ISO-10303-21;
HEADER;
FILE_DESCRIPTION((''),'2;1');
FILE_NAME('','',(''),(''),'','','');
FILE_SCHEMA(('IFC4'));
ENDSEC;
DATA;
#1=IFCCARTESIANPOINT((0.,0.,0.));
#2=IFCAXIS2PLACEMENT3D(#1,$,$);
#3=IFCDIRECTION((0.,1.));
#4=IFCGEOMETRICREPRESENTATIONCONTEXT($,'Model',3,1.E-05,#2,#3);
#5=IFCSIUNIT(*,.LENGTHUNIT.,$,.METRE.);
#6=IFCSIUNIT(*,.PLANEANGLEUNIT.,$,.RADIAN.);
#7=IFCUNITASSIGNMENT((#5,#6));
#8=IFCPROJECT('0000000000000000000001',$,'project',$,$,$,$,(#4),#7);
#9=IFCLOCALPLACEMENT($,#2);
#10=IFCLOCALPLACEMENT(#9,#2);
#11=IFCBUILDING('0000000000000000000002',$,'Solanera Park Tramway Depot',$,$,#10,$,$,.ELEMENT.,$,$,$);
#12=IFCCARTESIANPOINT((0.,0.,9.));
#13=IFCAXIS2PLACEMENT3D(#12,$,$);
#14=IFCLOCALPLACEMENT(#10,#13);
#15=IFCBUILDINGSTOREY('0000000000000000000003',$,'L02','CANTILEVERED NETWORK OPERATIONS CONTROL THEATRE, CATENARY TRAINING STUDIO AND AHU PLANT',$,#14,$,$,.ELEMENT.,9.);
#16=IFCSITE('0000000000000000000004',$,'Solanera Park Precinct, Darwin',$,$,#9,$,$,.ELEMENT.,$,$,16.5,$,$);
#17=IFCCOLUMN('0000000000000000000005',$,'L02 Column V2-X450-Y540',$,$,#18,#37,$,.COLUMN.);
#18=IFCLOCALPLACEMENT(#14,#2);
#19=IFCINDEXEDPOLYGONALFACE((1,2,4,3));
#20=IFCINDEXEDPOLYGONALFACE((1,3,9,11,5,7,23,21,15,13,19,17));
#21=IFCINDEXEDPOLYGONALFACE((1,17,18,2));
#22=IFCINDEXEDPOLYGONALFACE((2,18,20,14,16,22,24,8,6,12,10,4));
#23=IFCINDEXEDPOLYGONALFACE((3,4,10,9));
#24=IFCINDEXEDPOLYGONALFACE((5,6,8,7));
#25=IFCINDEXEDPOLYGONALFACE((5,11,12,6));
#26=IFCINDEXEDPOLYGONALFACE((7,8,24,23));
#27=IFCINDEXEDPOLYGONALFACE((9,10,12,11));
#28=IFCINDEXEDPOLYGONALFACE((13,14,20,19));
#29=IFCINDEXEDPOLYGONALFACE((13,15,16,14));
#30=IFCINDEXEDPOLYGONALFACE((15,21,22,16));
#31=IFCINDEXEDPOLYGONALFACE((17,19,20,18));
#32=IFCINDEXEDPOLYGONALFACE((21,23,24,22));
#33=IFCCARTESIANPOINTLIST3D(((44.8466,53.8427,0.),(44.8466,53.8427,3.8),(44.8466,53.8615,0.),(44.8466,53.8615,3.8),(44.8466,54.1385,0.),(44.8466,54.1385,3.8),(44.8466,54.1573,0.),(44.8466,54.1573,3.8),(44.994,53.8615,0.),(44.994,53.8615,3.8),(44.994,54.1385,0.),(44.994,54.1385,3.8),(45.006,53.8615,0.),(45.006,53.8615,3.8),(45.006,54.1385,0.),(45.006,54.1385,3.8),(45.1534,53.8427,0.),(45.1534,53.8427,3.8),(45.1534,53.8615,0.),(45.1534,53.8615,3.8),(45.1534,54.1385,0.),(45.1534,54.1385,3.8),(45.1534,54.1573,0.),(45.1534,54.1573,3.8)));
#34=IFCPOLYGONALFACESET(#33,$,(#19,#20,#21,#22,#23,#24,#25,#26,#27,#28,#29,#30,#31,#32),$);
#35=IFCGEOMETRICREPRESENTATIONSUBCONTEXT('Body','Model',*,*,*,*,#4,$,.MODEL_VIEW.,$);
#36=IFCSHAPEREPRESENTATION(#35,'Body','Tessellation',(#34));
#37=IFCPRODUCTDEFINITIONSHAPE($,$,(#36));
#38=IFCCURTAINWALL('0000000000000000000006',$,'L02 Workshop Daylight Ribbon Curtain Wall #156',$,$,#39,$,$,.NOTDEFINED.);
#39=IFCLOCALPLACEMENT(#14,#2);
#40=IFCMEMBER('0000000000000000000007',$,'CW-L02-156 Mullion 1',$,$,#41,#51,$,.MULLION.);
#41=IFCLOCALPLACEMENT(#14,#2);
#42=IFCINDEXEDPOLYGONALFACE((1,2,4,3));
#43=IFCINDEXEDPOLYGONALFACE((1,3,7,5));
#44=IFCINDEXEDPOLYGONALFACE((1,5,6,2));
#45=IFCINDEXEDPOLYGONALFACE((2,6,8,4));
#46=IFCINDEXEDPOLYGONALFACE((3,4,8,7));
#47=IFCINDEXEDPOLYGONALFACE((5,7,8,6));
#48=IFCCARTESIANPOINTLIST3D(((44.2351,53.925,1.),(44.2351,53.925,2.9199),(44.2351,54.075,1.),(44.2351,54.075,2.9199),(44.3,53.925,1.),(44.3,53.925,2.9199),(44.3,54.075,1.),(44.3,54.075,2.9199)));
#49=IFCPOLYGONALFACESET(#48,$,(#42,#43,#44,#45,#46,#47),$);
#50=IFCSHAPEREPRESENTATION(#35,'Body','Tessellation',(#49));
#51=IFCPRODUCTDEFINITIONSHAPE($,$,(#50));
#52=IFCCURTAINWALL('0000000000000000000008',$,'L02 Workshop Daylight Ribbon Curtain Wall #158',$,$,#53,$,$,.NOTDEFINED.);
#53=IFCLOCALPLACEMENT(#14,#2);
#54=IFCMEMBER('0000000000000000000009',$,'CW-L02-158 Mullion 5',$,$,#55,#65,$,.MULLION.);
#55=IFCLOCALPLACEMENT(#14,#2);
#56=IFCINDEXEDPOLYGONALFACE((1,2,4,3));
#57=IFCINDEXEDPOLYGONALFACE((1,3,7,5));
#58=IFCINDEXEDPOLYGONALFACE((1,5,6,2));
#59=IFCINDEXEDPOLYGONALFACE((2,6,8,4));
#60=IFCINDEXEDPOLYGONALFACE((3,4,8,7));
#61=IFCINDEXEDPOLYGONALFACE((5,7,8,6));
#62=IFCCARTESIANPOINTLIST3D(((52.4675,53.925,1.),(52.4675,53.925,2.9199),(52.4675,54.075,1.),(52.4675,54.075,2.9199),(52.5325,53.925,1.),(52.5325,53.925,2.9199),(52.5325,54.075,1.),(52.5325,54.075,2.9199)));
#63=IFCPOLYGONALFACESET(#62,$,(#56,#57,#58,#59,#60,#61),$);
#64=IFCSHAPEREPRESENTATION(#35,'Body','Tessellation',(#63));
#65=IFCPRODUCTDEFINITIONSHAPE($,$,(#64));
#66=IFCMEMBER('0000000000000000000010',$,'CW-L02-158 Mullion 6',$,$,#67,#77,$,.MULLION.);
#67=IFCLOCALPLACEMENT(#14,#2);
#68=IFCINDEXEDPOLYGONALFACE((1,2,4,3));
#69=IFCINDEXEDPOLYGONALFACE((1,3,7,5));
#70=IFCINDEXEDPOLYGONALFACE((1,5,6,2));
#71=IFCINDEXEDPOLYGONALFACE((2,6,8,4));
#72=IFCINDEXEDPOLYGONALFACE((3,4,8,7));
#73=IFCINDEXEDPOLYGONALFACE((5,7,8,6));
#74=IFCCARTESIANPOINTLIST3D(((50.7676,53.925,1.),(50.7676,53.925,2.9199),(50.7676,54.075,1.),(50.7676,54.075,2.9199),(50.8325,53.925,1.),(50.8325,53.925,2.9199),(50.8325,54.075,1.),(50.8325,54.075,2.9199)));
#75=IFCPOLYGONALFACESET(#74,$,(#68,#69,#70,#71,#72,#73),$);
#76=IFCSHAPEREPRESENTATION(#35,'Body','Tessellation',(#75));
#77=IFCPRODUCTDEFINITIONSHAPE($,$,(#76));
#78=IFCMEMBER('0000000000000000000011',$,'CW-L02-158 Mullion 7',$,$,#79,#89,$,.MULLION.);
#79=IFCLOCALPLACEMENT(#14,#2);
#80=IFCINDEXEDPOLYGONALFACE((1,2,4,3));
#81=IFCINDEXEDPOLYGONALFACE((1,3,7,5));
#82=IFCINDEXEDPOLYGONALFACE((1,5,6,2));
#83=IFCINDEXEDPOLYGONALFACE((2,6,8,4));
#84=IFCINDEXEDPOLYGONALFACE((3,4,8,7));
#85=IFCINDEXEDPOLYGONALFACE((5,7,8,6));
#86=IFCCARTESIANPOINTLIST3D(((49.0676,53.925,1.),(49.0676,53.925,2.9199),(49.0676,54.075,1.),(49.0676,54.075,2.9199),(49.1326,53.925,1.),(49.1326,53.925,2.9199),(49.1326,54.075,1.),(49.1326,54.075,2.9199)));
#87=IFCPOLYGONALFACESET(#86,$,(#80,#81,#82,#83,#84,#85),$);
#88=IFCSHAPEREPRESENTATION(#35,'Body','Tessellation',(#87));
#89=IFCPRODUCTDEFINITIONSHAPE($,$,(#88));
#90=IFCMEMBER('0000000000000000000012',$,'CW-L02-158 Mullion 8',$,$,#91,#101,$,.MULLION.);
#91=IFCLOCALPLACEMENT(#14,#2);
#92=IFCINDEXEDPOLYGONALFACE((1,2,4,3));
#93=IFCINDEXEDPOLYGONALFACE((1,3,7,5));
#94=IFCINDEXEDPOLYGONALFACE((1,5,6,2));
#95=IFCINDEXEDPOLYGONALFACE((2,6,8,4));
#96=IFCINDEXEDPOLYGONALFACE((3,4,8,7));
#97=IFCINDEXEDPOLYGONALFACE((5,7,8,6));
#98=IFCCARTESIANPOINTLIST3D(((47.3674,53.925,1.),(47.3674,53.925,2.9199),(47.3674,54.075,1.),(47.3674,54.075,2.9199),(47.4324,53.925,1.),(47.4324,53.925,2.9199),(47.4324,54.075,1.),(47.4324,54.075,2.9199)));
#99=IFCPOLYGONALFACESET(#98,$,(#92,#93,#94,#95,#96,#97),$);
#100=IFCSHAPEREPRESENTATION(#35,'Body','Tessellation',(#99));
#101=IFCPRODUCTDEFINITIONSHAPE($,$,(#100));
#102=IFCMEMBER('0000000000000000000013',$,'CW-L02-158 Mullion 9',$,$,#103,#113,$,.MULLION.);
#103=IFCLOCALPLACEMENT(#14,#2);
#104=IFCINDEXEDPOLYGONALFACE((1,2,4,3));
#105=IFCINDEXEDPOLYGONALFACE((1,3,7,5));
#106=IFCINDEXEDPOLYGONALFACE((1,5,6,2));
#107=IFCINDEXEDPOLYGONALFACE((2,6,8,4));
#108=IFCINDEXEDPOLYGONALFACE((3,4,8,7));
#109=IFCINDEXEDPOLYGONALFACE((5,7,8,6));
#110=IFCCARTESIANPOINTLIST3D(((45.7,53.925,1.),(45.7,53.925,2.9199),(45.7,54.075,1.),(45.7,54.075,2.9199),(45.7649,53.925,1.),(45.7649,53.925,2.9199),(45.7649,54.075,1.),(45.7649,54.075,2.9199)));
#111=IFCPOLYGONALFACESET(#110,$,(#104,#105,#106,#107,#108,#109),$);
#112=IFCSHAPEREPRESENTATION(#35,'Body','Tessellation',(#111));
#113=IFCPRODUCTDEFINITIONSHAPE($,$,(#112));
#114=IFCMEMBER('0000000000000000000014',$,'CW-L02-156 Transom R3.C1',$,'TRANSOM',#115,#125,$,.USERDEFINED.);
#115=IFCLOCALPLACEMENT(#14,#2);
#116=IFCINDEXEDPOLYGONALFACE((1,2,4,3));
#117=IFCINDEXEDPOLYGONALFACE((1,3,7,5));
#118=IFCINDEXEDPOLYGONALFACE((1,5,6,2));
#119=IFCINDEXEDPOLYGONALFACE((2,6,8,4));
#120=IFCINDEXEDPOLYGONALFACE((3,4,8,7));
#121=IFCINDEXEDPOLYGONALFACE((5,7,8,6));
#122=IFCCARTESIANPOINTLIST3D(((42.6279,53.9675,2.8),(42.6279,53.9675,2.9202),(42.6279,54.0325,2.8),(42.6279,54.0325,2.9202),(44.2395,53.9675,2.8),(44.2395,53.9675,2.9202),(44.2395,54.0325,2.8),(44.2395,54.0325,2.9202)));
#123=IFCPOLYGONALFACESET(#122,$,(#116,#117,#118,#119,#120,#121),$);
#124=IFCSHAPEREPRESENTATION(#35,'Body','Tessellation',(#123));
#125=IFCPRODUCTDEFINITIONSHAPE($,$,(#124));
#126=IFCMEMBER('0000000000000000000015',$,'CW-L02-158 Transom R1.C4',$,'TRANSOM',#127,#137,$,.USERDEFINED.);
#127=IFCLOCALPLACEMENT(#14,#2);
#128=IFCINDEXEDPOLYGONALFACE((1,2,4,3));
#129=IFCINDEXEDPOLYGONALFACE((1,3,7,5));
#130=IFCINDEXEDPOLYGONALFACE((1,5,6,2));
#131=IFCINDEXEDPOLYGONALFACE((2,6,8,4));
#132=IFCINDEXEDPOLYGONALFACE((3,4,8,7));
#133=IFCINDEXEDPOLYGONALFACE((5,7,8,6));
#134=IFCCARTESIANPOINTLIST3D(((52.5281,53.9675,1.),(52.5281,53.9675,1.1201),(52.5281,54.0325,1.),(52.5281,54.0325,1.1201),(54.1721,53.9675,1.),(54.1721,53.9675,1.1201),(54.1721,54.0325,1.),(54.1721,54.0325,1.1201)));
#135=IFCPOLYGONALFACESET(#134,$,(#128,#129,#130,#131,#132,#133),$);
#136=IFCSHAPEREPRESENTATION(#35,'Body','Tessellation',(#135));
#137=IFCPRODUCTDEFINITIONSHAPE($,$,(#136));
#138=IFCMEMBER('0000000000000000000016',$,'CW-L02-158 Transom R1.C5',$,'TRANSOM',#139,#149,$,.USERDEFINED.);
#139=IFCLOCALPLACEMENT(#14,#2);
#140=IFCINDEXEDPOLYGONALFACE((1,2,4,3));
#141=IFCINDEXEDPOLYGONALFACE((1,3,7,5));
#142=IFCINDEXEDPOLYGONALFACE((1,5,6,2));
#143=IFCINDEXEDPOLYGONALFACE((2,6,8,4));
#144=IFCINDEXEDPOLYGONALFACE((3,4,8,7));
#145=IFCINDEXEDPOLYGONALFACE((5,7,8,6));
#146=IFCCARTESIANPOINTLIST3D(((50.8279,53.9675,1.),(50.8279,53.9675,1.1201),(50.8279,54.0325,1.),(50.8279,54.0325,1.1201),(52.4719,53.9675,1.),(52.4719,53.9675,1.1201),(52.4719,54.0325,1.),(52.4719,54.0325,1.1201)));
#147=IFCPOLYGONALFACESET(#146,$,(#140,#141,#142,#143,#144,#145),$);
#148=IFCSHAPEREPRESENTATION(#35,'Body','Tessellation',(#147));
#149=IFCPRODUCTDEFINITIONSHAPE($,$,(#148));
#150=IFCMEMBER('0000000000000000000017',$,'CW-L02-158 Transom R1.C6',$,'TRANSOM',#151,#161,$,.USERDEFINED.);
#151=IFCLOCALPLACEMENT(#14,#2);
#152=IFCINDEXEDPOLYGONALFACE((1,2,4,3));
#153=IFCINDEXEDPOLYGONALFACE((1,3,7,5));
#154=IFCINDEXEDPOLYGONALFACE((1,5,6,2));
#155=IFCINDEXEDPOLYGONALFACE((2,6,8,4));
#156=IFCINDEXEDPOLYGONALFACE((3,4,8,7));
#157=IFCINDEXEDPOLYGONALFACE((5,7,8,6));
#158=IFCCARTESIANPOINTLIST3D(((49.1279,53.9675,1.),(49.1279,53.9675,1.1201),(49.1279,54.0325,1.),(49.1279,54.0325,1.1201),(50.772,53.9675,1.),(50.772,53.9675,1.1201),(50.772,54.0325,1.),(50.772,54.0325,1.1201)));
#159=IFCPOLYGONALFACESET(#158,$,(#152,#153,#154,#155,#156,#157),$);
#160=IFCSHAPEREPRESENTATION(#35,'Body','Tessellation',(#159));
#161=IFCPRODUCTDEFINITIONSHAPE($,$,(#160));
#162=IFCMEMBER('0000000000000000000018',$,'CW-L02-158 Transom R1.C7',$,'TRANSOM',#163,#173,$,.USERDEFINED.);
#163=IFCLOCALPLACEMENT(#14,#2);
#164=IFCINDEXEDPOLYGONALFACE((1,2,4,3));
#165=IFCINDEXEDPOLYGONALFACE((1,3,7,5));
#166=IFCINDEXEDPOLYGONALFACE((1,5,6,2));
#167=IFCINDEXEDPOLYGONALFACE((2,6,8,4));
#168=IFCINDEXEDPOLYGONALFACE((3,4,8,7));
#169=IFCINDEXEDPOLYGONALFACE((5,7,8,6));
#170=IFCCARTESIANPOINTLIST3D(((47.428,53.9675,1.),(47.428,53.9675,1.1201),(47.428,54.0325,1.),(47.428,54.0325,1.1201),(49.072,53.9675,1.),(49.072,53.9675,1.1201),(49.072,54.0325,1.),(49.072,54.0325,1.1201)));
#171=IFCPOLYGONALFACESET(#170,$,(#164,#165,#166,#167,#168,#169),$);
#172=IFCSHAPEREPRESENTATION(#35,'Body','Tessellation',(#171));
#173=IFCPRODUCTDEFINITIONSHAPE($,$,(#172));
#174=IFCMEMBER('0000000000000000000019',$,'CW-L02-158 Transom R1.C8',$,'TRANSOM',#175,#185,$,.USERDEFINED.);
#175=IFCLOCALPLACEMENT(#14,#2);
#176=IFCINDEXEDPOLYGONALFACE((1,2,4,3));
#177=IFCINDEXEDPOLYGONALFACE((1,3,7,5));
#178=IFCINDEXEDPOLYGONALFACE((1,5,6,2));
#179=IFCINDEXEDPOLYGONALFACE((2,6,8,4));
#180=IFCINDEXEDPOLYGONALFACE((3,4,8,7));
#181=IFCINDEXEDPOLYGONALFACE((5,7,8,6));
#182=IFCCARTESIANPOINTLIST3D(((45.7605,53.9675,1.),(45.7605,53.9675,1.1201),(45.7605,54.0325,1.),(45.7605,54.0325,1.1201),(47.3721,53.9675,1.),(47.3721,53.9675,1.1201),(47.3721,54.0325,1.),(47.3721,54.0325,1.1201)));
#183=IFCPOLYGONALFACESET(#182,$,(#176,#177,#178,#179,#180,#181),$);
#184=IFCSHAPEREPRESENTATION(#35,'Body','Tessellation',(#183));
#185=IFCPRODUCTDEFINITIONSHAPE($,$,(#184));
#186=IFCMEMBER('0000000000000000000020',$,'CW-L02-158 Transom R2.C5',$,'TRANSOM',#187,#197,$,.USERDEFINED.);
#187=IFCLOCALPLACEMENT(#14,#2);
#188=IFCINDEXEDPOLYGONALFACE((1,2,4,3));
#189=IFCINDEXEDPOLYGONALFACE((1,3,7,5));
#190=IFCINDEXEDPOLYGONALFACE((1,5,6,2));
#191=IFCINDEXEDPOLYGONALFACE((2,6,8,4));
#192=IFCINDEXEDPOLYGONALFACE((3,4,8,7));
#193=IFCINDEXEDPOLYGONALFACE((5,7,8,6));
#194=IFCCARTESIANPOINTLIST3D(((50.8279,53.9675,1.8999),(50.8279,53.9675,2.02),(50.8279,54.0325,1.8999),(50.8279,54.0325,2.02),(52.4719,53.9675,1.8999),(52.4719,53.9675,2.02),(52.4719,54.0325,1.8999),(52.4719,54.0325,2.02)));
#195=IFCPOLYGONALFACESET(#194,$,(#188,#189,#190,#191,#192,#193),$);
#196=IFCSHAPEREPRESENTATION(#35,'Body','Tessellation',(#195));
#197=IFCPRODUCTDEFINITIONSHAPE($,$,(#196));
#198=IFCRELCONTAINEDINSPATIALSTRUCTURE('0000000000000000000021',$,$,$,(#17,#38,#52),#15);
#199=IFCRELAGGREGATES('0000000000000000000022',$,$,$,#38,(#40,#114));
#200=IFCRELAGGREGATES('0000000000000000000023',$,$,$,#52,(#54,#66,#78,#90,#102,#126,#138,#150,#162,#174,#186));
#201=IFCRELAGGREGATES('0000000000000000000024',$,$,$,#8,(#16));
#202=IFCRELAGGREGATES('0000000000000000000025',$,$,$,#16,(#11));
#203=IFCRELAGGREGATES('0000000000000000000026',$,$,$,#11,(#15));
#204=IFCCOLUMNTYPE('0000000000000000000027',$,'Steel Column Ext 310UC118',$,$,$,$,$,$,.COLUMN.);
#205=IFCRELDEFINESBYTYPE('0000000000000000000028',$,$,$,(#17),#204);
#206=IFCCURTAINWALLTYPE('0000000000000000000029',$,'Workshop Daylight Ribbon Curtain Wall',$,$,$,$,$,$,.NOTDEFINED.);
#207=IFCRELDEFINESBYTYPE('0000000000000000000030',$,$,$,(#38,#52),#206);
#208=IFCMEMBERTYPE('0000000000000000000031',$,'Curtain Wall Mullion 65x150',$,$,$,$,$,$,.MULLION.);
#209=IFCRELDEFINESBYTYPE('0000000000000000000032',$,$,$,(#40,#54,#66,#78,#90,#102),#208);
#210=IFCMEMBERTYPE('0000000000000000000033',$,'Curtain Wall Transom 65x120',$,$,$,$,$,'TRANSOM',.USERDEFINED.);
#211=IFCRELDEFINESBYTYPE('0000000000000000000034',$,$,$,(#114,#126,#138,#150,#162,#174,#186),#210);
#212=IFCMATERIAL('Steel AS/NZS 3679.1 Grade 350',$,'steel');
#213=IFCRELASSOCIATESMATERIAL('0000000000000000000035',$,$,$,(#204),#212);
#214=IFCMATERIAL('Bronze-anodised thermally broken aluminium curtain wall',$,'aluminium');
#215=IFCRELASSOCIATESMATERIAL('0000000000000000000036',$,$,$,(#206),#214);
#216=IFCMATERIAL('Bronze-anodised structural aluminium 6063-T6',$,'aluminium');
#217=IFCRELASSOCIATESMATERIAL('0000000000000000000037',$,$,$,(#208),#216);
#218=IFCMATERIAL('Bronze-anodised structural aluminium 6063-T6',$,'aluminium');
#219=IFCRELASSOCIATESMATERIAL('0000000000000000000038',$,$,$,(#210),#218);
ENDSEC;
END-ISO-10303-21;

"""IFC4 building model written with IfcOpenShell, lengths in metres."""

from ifc_helpers import new_model, si_unit, direction, frame, origin, origin_2d, place, context, subcontext, project, spatial, rectangle, i_section, extrude, material, material_profile, profile_set, type_object, element, aggregate, save


model = new_model("IFC4")

# Units and contexts
model_context = context("Model", 3, precision=1e-05, world=origin(), true_north=direction((0.0, 1.0)))
body_context = subcontext(model_context, "Body", "Model", "MODEL_VIEW")
ifc_project = project(units=[si_unit("LENGTHUNIT", "METRE"), si_unit("PLANEANGLEUNIT", "RADIAN")], contexts=[model_context])

# Site, building, storey
site_placement = place(None, origin())
site = spatial("IfcSite", under=ifc_project, at=site_placement, Name="Solanera Park Precinct, Darwin", CompositionType="ELEMENT", RefElevation=16.5)
building_placement = place(site_placement, origin())
building = spatial("IfcBuilding", under=site, at=building_placement, Name="Solanera Park Tramway Depot", CompositionType="ELEMENT")
storey_placement = place(building_placement, frame((0.0, 0.0, 9.0)))
storey = spatial("IfcBuildingStorey", under=building, at=storey_placement, Name="L02", Description="CANTILEVERED NETWORK OPERATIONS CONTROL THEATRE, CATENARY TRAINING STUDIO AND AHU PLANT", CompositionType="ELEMENT", Elevation=9.0)

# Column
ifc_material_1 = material(Name="Steel AS/NZS 3679.1 Grade 350", Category="steel")
ifc_material_profile_1 = material_profile(ifc_material_1, i_section(OverallWidth=0.3069, OverallDepth=0.3147, WebThickness=0.012, FlangeThickness=0.0188, at=origin_2d()), Name="310UC118")
ifc_profile_set_1 = profile_set([ifc_material_profile_1], Name="Steel AS/NZS 3679.1 Grade 350")
column_type = type_object("IfcColumnType", Name="Steel Column Ext 310UC118", PredefinedType="COLUMN", material=ifc_profile_set_1)
column_placement = place(storey_placement, frame((45.0, 54.0, 0.0), z_axis=(0.0, 0.0, 1.0), x_axis=(1.0, 0.0, 0.0)))
element("IfcColumn", 1, at=column_placement, inside=storey, type_object=column_type, Name="L02 Column V2-X450-Y540", PredefinedType="COLUMN", context=body_context, shape_type="SweptSolid", body=[
    extrude(i_section(OverallWidth=0.3069, OverallDepth=0.3147, WebThickness=0.012, FlangeThickness=0.0188, at=origin_2d()), origin(), (0.0, 0.0, 1.0), 3.8),
])

# Curtain wall, member
ifc_material_2 = material(Name="Bronze-anodised thermally broken aluminium curtain wall", Category="aluminium")
curtain_wall_type = type_object("IfcCurtainWallType", Name="Workshop Daylight Ribbon Curtain Wall", PredefinedType="NOTDEFINED", material=ifc_material_2)
curtain_wall_1_placement = place(storey_placement, origin())
curtain_wall_1 = element("IfcCurtainWall", 2, at=curtain_wall_1_placement, inside=storey, type_object=curtain_wall_type, Name="L02 Workshop Daylight Ribbon Curtain Wall #156", PredefinedType="NOTDEFINED")
ifc_material_3 = material(Name="Bronze-anodised structural aluminium 6063-T6", Category="aluminium")
ifc_material_profile_2 = material_profile(ifc_material_3, rectangle(XDim=0.0649, YDim=0.1499, at=origin_2d()), Name="Curtain Wall Mullion 65x150")
ifc_profile_set_2 = profile_set([ifc_material_profile_2], Name="Bronze-anodised structural aluminium 6063-T6")
member_type_1 = type_object("IfcMemberType", Name="Curtain Wall Mullion 65x150", PredefinedType="MULLION", material=ifc_profile_set_2)
member_1_placement = place(storey_placement, frame((44.2676, 54.0, 1.0), z_axis=(0.0, 0.0, 1.0), x_axis=(1.0, 0.0, 0.0)))
member_1 = element("IfcMember", 3, at=member_1_placement, type_object=member_type_1, Name="CW-L02-156 Mullion 1", PredefinedType="MULLION", context=body_context, shape_type="SweptSolid", body=[
    extrude(rectangle(XDim=0.0649, YDim=0.1499, at=origin_2d()), origin(), (0.0, 0.0, 1.0), 1.9199),
])

# Curtain wall, members
curtain_wall_2_placement = place(storey_placement, origin())
curtain_wall_2 = element("IfcCurtainWall", 4, at=curtain_wall_2_placement, inside=storey, type_object=curtain_wall_type, Name="L02 Workshop Daylight Ribbon Curtain Wall #158", PredefinedType="NOTDEFINED")
member_2_placement = place(storey_placement, frame((52.5, 54.0, 1.0), z_axis=(0.0, 0.0, 1.0), x_axis=(1.0, 0.0, 0.0)))
member_2 = element("IfcMember", 5, at=member_2_placement, type_object=member_type_1, Name="CW-L02-158 Mullion 5", PredefinedType="MULLION", context=body_context, shape_type="SweptSolid", body=[
    extrude(rectangle(XDim=0.0649, YDim=0.1499, at=origin_2d()), origin(), (0.0, 0.0, 1.0), 1.9199),
])
member_3_placement = place(storey_placement, frame((50.8, 54.0, 1.0), z_axis=(0.0, 0.0, 1.0), x_axis=(1.0, 0.0, 0.0)))
member_3 = element("IfcMember", 6, at=member_3_placement, type_object=member_type_1, Name="CW-L02-158 Mullion 6", PredefinedType="MULLION", context=body_context, shape_type="SweptSolid", body=[
    extrude(rectangle(XDim=0.0649, YDim=0.1499, at=origin_2d()), origin(), (0.0, 0.0, 1.0), 1.9199),
])
member_4_placement = place(storey_placement, frame((49.1001, 54.0, 1.0), z_axis=(0.0, 0.0, 1.0), x_axis=(1.0, 0.0, 0.0)))
member_4 = element("IfcMember", 7, at=member_4_placement, type_object=member_type_1, Name="CW-L02-158 Mullion 7", PredefinedType="MULLION", context=body_context, shape_type="SweptSolid", body=[
    extrude(rectangle(XDim=0.0649, YDim=0.1499, at=origin_2d()), origin(), (0.0, 0.0, 1.0), 1.9199),
])
member_5_placement = place(storey_placement, frame((47.3999, 54.0, 1.0), z_axis=(0.0, 0.0, 1.0), x_axis=(1.0, 0.0, 0.0)))
member_5 = element("IfcMember", 8, at=member_5_placement, type_object=member_type_1, Name="CW-L02-158 Mullion 8", PredefinedType="MULLION", context=body_context, shape_type="SweptSolid", body=[
    extrude(rectangle(XDim=0.0649, YDim=0.1499, at=origin_2d()), origin(), (0.0, 0.0, 1.0), 1.9199),
])
member_6_placement = place(storey_placement, frame((45.7324, 54.0, 1.0), z_axis=(0.0, 0.0, 1.0), x_axis=(1.0, 0.0, 0.0)))
member_6 = element("IfcMember", 9, at=member_6_placement, type_object=member_type_1, Name="CW-L02-158 Mullion 9", PredefinedType="MULLION", context=body_context, shape_type="SweptSolid", body=[
    extrude(rectangle(XDim=0.0649, YDim=0.1499, at=origin_2d()), origin(), (0.0, 0.0, 1.0), 1.9199),
])

# Members
ifc_material_4 = material(Name="Bronze-anodised structural aluminium 6063-T6", Category="aluminium")
ifc_material_profile_3 = material_profile(ifc_material_4, rectangle(XDim=0.0649, YDim=0.1201, at=origin_2d()), Name="Curtain Wall Transom 65x120")
ifc_profile_set_3 = profile_set([ifc_material_profile_3], Name="Bronze-anodised structural aluminium 6063-T6")
member_type_2 = type_object("IfcMemberType", Name="Curtain Wall Transom 65x120", ElementType="TRANSOM", PredefinedType="USERDEFINED", material=ifc_profile_set_3)
member_7_placement = place(storey_placement, frame((44.2395, 54.0, 2.8601), z_axis=(-1.0, 0.0, 0.0), x_axis=(0.0, -1.0, 0.0)))
member_7 = element("IfcMember", 10, at=member_7_placement, type_object=member_type_2, Name="CW-L02-156 Transom R3.C1", ObjectType="TRANSOM", PredefinedType="USERDEFINED", context=body_context, shape_type="SweptSolid", body=[
    extrude(rectangle(XDim=0.0649, YDim=0.1201, at=origin_2d()), origin(), (0.0, 0.0, 1.0), 1.6116),
])
aggregate(curtain_wall_1, [member_1, member_7])
member_8_placement = place(storey_placement, frame((54.1721, 54.0, 1.0601), z_axis=(-1.0, 0.0, 0.0), x_axis=(0.0, -1.0, 0.0)))
member_8 = element("IfcMember", 11, at=member_8_placement, type_object=member_type_2, Name="CW-L02-158 Transom R1.C4", ObjectType="TRANSOM", PredefinedType="USERDEFINED", context=body_context, shape_type="SweptSolid", body=[
    extrude(rectangle(XDim=0.0649, YDim=0.1201, at=origin_2d()), origin(), (0.0, 0.0, 1.0), 1.644),
])
member_9_placement = place(storey_placement, frame((52.4719, 54.0, 1.0601), z_axis=(-1.0, 0.0, 0.0), x_axis=(0.0, -1.0, 0.0)))
member_9 = element("IfcMember", 12, at=member_9_placement, type_object=member_type_2, Name="CW-L02-158 Transom R1.C5", ObjectType="TRANSOM", PredefinedType="USERDEFINED", context=body_context, shape_type="SweptSolid", body=[
    extrude(rectangle(XDim=0.0649, YDim=0.1201, at=origin_2d()), origin(), (0.0, 0.0, 1.0), 1.644),
])
member_10_placement = place(storey_placement, frame((50.772, 54.0, 1.0601), z_axis=(-1.0, 0.0, 0.0), x_axis=(0.0, -1.0, 0.0)))
member_10 = element("IfcMember", 13, at=member_10_placement, type_object=member_type_2, Name="CW-L02-158 Transom R1.C6", ObjectType="TRANSOM", PredefinedType="USERDEFINED", context=body_context, shape_type="SweptSolid", body=[
    extrude(rectangle(XDim=0.0649, YDim=0.1201, at=origin_2d()), origin(), (0.0, 0.0, 1.0), 1.644),
])
member_11_placement = place(storey_placement, frame((49.072, 54.0, 1.0601), z_axis=(-1.0, 0.0, 0.0), x_axis=(0.0, -1.0, 0.0)))
member_11 = element("IfcMember", 14, at=member_11_placement, type_object=member_type_2, Name="CW-L02-158 Transom R1.C7", ObjectType="TRANSOM", PredefinedType="USERDEFINED", context=body_context, shape_type="SweptSolid", body=[
    extrude(rectangle(XDim=0.0649, YDim=0.1201, at=origin_2d()), origin(), (0.0, 0.0, 1.0), 1.644),
])
member_12_placement = place(storey_placement, frame((47.3721, 54.0, 1.0601), z_axis=(-1.0, 0.0, 0.0), x_axis=(0.0, -1.0, 0.0)))
member_12 = element("IfcMember", 15, at=member_12_placement, type_object=member_type_2, Name="CW-L02-158 Transom R1.C8", ObjectType="TRANSOM", PredefinedType="USERDEFINED", context=body_context, shape_type="SweptSolid", body=[
    extrude(rectangle(XDim=0.0649, YDim=0.1201, at=origin_2d()), origin(), (0.0, 0.0, 1.0), 1.6116),
])
member_13_placement = place(storey_placement, frame((52.4719, 54.0, 1.96), z_axis=(-1.0, 0.0, 0.0), x_axis=(0.0, -1.0, 0.0)))
member_13 = element("IfcMember", 16, at=member_13_placement, type_object=member_type_2, Name="CW-L02-158 Transom R2.C5", ObjectType="TRANSOM", PredefinedType="USERDEFINED", context=body_context, shape_type="SweptSolid", body=[
    extrude(rectangle(XDim=0.0649, YDim=0.1201, at=origin_2d()), origin(), (0.0, 0.0, 1.0), 1.644),
])

aggregate(curtain_wall_2, [member_2, member_3, member_4, member_5, member_6, member_8, member_9, member_10, member_11, member_12, member_13])

save(model, "model.ifc")
